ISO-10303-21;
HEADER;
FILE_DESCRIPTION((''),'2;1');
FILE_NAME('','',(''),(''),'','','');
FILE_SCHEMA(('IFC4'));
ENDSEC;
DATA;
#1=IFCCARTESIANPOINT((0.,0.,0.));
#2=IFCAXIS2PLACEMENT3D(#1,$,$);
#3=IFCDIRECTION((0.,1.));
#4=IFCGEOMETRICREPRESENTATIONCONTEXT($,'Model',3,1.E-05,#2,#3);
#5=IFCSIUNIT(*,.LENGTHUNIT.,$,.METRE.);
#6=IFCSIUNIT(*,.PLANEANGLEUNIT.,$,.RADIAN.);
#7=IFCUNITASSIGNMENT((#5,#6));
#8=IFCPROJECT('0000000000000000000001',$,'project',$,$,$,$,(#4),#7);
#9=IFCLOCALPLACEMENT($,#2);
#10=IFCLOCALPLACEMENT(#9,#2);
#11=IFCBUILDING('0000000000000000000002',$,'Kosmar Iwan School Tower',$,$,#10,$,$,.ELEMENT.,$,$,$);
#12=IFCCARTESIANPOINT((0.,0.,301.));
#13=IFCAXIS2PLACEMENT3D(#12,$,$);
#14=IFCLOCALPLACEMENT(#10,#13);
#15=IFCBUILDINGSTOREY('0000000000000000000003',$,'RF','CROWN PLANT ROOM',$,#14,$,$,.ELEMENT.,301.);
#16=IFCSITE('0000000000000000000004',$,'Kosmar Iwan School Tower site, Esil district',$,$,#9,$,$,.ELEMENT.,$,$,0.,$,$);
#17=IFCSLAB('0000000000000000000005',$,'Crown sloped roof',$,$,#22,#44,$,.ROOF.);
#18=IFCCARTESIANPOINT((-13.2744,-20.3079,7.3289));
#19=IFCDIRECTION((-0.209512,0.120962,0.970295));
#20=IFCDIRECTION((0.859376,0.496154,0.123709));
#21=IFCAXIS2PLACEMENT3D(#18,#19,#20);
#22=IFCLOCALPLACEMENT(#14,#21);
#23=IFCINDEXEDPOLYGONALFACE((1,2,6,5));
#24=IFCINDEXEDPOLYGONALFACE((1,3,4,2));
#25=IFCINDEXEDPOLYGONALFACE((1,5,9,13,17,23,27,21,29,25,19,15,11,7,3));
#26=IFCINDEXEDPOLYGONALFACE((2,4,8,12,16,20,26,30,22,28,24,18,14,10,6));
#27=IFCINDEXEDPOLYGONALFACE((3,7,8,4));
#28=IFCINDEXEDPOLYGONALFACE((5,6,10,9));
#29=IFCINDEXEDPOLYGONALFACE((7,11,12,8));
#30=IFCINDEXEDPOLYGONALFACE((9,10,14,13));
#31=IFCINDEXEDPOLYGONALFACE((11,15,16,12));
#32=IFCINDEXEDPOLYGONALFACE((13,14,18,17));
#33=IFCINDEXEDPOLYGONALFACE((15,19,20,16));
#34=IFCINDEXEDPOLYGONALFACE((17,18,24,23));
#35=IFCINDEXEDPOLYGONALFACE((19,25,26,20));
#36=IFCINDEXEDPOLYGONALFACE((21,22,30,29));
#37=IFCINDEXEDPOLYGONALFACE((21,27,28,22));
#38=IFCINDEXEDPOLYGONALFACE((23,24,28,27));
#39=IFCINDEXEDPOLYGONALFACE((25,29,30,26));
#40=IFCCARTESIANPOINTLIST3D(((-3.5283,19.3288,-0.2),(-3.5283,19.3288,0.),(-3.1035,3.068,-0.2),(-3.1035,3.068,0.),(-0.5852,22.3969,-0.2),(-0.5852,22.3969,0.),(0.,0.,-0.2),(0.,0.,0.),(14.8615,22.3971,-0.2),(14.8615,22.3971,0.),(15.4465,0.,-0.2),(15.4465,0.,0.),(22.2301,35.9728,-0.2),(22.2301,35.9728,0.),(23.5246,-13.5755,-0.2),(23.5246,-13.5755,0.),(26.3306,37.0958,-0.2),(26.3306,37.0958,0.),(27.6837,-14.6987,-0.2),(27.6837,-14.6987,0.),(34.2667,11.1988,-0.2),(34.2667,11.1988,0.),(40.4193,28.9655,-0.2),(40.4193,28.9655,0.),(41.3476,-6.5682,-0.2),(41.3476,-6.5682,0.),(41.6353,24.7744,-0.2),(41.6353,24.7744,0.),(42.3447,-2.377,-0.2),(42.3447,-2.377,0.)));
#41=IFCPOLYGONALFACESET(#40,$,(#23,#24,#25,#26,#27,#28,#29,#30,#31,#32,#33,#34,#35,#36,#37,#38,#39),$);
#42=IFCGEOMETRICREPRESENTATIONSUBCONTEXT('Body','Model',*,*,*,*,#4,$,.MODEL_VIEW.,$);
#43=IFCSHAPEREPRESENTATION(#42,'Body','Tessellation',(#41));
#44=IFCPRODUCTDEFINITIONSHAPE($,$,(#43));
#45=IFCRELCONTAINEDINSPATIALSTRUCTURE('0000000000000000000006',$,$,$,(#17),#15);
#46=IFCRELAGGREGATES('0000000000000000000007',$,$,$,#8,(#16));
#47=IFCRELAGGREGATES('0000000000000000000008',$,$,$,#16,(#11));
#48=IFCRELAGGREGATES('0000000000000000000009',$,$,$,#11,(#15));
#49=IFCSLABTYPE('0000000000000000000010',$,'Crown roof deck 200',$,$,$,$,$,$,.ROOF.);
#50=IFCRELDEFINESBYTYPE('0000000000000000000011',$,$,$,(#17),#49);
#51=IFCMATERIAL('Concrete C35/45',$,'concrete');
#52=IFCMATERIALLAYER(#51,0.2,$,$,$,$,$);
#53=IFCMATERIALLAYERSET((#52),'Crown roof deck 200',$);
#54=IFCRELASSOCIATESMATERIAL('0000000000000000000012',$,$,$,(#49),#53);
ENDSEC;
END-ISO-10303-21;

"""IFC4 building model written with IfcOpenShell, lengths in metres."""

from ifc_helpers import new_model, si_unit, direction, frame, origin, place, context, subcontext, project, spatial, polyline, outline, extrude, material, layer, layer_set, type_object, element, save


model = new_model("IFC4")

# Units and contexts
model_context = context("Model", 3, precision=1e-05, world=origin(), true_north=direction((0.0, 1.0)))
body_context = subcontext(model_context, "Body", "Model", "MODEL_VIEW")
ifc_project = project(units=[si_unit("LENGTHUNIT", "METRE"), si_unit("PLANEANGLEUNIT", "RADIAN")], contexts=[model_context])

# Site, building, storey
site_placement = place(None, origin())
site = spatial("IfcSite", under=ifc_project, at=site_placement, Name="Kosmar Iwan School Tower site, Esil district", CompositionType="ELEMENT", RefElevation=0.0)
building_placement = place(site_placement, origin())
building = spatial("IfcBuilding", under=site, at=building_placement, Name="Kosmar Iwan School Tower", CompositionType="ELEMENT")
storey_placement = place(building_placement, frame((0.0, 0.0, 301.0)))
storey = spatial("IfcBuildingStorey", under=building, at=storey_placement, Name="RF", Description="CROWN PLANT ROOM", CompositionType="ELEMENT", Elevation=301.0)

# Slab
ifc_material_1 = material(Name="Concrete C35/45", Category="concrete")
ifc_layer_1 = layer(ifc_material_1, 0.2)
ifc_layer_set_1 = layer_set([ifc_layer_1], Name="Crown roof deck 200")
slab_type = type_object("IfcSlabType", Name="Crown roof deck 200", PredefinedType="ROOF", material=ifc_layer_set_1)
slab_placement = place(storey_placement, frame((-13.2744, -20.3079, 7.3289), z_axis=(-0.209512, 0.120962, 0.970295), x_axis=(0.859376, 0.496154, 0.123709)))
element("IfcSlab", 1, at=slab_placement, inside=storey, type_object=slab_type, Name="Crown sloped roof", PredefinedType="ROOF", context=body_context, shape_type="SweptSolid", body=[
    extrude(outline(polyline([(0.0, 0.0), (15.4465, 0.0), (23.5246, -13.5755), (27.6837, -14.6987), (41.3476, -6.5682), (42.3447, -2.377), (34.2667, 11.1988), (41.6353, 24.7744), (40.4193, 28.9655), (26.3306, 37.0958), (22.2301, 35.9728), (14.8615, 22.3971), (-0.5852, 22.3969), (-3.5283, 19.3288), (-3.1035, 3.068), (0.0, 0.0)])), origin(), (0.0, 0.0, -1.0), 0.2),
])

save(model, "model.ifc")
